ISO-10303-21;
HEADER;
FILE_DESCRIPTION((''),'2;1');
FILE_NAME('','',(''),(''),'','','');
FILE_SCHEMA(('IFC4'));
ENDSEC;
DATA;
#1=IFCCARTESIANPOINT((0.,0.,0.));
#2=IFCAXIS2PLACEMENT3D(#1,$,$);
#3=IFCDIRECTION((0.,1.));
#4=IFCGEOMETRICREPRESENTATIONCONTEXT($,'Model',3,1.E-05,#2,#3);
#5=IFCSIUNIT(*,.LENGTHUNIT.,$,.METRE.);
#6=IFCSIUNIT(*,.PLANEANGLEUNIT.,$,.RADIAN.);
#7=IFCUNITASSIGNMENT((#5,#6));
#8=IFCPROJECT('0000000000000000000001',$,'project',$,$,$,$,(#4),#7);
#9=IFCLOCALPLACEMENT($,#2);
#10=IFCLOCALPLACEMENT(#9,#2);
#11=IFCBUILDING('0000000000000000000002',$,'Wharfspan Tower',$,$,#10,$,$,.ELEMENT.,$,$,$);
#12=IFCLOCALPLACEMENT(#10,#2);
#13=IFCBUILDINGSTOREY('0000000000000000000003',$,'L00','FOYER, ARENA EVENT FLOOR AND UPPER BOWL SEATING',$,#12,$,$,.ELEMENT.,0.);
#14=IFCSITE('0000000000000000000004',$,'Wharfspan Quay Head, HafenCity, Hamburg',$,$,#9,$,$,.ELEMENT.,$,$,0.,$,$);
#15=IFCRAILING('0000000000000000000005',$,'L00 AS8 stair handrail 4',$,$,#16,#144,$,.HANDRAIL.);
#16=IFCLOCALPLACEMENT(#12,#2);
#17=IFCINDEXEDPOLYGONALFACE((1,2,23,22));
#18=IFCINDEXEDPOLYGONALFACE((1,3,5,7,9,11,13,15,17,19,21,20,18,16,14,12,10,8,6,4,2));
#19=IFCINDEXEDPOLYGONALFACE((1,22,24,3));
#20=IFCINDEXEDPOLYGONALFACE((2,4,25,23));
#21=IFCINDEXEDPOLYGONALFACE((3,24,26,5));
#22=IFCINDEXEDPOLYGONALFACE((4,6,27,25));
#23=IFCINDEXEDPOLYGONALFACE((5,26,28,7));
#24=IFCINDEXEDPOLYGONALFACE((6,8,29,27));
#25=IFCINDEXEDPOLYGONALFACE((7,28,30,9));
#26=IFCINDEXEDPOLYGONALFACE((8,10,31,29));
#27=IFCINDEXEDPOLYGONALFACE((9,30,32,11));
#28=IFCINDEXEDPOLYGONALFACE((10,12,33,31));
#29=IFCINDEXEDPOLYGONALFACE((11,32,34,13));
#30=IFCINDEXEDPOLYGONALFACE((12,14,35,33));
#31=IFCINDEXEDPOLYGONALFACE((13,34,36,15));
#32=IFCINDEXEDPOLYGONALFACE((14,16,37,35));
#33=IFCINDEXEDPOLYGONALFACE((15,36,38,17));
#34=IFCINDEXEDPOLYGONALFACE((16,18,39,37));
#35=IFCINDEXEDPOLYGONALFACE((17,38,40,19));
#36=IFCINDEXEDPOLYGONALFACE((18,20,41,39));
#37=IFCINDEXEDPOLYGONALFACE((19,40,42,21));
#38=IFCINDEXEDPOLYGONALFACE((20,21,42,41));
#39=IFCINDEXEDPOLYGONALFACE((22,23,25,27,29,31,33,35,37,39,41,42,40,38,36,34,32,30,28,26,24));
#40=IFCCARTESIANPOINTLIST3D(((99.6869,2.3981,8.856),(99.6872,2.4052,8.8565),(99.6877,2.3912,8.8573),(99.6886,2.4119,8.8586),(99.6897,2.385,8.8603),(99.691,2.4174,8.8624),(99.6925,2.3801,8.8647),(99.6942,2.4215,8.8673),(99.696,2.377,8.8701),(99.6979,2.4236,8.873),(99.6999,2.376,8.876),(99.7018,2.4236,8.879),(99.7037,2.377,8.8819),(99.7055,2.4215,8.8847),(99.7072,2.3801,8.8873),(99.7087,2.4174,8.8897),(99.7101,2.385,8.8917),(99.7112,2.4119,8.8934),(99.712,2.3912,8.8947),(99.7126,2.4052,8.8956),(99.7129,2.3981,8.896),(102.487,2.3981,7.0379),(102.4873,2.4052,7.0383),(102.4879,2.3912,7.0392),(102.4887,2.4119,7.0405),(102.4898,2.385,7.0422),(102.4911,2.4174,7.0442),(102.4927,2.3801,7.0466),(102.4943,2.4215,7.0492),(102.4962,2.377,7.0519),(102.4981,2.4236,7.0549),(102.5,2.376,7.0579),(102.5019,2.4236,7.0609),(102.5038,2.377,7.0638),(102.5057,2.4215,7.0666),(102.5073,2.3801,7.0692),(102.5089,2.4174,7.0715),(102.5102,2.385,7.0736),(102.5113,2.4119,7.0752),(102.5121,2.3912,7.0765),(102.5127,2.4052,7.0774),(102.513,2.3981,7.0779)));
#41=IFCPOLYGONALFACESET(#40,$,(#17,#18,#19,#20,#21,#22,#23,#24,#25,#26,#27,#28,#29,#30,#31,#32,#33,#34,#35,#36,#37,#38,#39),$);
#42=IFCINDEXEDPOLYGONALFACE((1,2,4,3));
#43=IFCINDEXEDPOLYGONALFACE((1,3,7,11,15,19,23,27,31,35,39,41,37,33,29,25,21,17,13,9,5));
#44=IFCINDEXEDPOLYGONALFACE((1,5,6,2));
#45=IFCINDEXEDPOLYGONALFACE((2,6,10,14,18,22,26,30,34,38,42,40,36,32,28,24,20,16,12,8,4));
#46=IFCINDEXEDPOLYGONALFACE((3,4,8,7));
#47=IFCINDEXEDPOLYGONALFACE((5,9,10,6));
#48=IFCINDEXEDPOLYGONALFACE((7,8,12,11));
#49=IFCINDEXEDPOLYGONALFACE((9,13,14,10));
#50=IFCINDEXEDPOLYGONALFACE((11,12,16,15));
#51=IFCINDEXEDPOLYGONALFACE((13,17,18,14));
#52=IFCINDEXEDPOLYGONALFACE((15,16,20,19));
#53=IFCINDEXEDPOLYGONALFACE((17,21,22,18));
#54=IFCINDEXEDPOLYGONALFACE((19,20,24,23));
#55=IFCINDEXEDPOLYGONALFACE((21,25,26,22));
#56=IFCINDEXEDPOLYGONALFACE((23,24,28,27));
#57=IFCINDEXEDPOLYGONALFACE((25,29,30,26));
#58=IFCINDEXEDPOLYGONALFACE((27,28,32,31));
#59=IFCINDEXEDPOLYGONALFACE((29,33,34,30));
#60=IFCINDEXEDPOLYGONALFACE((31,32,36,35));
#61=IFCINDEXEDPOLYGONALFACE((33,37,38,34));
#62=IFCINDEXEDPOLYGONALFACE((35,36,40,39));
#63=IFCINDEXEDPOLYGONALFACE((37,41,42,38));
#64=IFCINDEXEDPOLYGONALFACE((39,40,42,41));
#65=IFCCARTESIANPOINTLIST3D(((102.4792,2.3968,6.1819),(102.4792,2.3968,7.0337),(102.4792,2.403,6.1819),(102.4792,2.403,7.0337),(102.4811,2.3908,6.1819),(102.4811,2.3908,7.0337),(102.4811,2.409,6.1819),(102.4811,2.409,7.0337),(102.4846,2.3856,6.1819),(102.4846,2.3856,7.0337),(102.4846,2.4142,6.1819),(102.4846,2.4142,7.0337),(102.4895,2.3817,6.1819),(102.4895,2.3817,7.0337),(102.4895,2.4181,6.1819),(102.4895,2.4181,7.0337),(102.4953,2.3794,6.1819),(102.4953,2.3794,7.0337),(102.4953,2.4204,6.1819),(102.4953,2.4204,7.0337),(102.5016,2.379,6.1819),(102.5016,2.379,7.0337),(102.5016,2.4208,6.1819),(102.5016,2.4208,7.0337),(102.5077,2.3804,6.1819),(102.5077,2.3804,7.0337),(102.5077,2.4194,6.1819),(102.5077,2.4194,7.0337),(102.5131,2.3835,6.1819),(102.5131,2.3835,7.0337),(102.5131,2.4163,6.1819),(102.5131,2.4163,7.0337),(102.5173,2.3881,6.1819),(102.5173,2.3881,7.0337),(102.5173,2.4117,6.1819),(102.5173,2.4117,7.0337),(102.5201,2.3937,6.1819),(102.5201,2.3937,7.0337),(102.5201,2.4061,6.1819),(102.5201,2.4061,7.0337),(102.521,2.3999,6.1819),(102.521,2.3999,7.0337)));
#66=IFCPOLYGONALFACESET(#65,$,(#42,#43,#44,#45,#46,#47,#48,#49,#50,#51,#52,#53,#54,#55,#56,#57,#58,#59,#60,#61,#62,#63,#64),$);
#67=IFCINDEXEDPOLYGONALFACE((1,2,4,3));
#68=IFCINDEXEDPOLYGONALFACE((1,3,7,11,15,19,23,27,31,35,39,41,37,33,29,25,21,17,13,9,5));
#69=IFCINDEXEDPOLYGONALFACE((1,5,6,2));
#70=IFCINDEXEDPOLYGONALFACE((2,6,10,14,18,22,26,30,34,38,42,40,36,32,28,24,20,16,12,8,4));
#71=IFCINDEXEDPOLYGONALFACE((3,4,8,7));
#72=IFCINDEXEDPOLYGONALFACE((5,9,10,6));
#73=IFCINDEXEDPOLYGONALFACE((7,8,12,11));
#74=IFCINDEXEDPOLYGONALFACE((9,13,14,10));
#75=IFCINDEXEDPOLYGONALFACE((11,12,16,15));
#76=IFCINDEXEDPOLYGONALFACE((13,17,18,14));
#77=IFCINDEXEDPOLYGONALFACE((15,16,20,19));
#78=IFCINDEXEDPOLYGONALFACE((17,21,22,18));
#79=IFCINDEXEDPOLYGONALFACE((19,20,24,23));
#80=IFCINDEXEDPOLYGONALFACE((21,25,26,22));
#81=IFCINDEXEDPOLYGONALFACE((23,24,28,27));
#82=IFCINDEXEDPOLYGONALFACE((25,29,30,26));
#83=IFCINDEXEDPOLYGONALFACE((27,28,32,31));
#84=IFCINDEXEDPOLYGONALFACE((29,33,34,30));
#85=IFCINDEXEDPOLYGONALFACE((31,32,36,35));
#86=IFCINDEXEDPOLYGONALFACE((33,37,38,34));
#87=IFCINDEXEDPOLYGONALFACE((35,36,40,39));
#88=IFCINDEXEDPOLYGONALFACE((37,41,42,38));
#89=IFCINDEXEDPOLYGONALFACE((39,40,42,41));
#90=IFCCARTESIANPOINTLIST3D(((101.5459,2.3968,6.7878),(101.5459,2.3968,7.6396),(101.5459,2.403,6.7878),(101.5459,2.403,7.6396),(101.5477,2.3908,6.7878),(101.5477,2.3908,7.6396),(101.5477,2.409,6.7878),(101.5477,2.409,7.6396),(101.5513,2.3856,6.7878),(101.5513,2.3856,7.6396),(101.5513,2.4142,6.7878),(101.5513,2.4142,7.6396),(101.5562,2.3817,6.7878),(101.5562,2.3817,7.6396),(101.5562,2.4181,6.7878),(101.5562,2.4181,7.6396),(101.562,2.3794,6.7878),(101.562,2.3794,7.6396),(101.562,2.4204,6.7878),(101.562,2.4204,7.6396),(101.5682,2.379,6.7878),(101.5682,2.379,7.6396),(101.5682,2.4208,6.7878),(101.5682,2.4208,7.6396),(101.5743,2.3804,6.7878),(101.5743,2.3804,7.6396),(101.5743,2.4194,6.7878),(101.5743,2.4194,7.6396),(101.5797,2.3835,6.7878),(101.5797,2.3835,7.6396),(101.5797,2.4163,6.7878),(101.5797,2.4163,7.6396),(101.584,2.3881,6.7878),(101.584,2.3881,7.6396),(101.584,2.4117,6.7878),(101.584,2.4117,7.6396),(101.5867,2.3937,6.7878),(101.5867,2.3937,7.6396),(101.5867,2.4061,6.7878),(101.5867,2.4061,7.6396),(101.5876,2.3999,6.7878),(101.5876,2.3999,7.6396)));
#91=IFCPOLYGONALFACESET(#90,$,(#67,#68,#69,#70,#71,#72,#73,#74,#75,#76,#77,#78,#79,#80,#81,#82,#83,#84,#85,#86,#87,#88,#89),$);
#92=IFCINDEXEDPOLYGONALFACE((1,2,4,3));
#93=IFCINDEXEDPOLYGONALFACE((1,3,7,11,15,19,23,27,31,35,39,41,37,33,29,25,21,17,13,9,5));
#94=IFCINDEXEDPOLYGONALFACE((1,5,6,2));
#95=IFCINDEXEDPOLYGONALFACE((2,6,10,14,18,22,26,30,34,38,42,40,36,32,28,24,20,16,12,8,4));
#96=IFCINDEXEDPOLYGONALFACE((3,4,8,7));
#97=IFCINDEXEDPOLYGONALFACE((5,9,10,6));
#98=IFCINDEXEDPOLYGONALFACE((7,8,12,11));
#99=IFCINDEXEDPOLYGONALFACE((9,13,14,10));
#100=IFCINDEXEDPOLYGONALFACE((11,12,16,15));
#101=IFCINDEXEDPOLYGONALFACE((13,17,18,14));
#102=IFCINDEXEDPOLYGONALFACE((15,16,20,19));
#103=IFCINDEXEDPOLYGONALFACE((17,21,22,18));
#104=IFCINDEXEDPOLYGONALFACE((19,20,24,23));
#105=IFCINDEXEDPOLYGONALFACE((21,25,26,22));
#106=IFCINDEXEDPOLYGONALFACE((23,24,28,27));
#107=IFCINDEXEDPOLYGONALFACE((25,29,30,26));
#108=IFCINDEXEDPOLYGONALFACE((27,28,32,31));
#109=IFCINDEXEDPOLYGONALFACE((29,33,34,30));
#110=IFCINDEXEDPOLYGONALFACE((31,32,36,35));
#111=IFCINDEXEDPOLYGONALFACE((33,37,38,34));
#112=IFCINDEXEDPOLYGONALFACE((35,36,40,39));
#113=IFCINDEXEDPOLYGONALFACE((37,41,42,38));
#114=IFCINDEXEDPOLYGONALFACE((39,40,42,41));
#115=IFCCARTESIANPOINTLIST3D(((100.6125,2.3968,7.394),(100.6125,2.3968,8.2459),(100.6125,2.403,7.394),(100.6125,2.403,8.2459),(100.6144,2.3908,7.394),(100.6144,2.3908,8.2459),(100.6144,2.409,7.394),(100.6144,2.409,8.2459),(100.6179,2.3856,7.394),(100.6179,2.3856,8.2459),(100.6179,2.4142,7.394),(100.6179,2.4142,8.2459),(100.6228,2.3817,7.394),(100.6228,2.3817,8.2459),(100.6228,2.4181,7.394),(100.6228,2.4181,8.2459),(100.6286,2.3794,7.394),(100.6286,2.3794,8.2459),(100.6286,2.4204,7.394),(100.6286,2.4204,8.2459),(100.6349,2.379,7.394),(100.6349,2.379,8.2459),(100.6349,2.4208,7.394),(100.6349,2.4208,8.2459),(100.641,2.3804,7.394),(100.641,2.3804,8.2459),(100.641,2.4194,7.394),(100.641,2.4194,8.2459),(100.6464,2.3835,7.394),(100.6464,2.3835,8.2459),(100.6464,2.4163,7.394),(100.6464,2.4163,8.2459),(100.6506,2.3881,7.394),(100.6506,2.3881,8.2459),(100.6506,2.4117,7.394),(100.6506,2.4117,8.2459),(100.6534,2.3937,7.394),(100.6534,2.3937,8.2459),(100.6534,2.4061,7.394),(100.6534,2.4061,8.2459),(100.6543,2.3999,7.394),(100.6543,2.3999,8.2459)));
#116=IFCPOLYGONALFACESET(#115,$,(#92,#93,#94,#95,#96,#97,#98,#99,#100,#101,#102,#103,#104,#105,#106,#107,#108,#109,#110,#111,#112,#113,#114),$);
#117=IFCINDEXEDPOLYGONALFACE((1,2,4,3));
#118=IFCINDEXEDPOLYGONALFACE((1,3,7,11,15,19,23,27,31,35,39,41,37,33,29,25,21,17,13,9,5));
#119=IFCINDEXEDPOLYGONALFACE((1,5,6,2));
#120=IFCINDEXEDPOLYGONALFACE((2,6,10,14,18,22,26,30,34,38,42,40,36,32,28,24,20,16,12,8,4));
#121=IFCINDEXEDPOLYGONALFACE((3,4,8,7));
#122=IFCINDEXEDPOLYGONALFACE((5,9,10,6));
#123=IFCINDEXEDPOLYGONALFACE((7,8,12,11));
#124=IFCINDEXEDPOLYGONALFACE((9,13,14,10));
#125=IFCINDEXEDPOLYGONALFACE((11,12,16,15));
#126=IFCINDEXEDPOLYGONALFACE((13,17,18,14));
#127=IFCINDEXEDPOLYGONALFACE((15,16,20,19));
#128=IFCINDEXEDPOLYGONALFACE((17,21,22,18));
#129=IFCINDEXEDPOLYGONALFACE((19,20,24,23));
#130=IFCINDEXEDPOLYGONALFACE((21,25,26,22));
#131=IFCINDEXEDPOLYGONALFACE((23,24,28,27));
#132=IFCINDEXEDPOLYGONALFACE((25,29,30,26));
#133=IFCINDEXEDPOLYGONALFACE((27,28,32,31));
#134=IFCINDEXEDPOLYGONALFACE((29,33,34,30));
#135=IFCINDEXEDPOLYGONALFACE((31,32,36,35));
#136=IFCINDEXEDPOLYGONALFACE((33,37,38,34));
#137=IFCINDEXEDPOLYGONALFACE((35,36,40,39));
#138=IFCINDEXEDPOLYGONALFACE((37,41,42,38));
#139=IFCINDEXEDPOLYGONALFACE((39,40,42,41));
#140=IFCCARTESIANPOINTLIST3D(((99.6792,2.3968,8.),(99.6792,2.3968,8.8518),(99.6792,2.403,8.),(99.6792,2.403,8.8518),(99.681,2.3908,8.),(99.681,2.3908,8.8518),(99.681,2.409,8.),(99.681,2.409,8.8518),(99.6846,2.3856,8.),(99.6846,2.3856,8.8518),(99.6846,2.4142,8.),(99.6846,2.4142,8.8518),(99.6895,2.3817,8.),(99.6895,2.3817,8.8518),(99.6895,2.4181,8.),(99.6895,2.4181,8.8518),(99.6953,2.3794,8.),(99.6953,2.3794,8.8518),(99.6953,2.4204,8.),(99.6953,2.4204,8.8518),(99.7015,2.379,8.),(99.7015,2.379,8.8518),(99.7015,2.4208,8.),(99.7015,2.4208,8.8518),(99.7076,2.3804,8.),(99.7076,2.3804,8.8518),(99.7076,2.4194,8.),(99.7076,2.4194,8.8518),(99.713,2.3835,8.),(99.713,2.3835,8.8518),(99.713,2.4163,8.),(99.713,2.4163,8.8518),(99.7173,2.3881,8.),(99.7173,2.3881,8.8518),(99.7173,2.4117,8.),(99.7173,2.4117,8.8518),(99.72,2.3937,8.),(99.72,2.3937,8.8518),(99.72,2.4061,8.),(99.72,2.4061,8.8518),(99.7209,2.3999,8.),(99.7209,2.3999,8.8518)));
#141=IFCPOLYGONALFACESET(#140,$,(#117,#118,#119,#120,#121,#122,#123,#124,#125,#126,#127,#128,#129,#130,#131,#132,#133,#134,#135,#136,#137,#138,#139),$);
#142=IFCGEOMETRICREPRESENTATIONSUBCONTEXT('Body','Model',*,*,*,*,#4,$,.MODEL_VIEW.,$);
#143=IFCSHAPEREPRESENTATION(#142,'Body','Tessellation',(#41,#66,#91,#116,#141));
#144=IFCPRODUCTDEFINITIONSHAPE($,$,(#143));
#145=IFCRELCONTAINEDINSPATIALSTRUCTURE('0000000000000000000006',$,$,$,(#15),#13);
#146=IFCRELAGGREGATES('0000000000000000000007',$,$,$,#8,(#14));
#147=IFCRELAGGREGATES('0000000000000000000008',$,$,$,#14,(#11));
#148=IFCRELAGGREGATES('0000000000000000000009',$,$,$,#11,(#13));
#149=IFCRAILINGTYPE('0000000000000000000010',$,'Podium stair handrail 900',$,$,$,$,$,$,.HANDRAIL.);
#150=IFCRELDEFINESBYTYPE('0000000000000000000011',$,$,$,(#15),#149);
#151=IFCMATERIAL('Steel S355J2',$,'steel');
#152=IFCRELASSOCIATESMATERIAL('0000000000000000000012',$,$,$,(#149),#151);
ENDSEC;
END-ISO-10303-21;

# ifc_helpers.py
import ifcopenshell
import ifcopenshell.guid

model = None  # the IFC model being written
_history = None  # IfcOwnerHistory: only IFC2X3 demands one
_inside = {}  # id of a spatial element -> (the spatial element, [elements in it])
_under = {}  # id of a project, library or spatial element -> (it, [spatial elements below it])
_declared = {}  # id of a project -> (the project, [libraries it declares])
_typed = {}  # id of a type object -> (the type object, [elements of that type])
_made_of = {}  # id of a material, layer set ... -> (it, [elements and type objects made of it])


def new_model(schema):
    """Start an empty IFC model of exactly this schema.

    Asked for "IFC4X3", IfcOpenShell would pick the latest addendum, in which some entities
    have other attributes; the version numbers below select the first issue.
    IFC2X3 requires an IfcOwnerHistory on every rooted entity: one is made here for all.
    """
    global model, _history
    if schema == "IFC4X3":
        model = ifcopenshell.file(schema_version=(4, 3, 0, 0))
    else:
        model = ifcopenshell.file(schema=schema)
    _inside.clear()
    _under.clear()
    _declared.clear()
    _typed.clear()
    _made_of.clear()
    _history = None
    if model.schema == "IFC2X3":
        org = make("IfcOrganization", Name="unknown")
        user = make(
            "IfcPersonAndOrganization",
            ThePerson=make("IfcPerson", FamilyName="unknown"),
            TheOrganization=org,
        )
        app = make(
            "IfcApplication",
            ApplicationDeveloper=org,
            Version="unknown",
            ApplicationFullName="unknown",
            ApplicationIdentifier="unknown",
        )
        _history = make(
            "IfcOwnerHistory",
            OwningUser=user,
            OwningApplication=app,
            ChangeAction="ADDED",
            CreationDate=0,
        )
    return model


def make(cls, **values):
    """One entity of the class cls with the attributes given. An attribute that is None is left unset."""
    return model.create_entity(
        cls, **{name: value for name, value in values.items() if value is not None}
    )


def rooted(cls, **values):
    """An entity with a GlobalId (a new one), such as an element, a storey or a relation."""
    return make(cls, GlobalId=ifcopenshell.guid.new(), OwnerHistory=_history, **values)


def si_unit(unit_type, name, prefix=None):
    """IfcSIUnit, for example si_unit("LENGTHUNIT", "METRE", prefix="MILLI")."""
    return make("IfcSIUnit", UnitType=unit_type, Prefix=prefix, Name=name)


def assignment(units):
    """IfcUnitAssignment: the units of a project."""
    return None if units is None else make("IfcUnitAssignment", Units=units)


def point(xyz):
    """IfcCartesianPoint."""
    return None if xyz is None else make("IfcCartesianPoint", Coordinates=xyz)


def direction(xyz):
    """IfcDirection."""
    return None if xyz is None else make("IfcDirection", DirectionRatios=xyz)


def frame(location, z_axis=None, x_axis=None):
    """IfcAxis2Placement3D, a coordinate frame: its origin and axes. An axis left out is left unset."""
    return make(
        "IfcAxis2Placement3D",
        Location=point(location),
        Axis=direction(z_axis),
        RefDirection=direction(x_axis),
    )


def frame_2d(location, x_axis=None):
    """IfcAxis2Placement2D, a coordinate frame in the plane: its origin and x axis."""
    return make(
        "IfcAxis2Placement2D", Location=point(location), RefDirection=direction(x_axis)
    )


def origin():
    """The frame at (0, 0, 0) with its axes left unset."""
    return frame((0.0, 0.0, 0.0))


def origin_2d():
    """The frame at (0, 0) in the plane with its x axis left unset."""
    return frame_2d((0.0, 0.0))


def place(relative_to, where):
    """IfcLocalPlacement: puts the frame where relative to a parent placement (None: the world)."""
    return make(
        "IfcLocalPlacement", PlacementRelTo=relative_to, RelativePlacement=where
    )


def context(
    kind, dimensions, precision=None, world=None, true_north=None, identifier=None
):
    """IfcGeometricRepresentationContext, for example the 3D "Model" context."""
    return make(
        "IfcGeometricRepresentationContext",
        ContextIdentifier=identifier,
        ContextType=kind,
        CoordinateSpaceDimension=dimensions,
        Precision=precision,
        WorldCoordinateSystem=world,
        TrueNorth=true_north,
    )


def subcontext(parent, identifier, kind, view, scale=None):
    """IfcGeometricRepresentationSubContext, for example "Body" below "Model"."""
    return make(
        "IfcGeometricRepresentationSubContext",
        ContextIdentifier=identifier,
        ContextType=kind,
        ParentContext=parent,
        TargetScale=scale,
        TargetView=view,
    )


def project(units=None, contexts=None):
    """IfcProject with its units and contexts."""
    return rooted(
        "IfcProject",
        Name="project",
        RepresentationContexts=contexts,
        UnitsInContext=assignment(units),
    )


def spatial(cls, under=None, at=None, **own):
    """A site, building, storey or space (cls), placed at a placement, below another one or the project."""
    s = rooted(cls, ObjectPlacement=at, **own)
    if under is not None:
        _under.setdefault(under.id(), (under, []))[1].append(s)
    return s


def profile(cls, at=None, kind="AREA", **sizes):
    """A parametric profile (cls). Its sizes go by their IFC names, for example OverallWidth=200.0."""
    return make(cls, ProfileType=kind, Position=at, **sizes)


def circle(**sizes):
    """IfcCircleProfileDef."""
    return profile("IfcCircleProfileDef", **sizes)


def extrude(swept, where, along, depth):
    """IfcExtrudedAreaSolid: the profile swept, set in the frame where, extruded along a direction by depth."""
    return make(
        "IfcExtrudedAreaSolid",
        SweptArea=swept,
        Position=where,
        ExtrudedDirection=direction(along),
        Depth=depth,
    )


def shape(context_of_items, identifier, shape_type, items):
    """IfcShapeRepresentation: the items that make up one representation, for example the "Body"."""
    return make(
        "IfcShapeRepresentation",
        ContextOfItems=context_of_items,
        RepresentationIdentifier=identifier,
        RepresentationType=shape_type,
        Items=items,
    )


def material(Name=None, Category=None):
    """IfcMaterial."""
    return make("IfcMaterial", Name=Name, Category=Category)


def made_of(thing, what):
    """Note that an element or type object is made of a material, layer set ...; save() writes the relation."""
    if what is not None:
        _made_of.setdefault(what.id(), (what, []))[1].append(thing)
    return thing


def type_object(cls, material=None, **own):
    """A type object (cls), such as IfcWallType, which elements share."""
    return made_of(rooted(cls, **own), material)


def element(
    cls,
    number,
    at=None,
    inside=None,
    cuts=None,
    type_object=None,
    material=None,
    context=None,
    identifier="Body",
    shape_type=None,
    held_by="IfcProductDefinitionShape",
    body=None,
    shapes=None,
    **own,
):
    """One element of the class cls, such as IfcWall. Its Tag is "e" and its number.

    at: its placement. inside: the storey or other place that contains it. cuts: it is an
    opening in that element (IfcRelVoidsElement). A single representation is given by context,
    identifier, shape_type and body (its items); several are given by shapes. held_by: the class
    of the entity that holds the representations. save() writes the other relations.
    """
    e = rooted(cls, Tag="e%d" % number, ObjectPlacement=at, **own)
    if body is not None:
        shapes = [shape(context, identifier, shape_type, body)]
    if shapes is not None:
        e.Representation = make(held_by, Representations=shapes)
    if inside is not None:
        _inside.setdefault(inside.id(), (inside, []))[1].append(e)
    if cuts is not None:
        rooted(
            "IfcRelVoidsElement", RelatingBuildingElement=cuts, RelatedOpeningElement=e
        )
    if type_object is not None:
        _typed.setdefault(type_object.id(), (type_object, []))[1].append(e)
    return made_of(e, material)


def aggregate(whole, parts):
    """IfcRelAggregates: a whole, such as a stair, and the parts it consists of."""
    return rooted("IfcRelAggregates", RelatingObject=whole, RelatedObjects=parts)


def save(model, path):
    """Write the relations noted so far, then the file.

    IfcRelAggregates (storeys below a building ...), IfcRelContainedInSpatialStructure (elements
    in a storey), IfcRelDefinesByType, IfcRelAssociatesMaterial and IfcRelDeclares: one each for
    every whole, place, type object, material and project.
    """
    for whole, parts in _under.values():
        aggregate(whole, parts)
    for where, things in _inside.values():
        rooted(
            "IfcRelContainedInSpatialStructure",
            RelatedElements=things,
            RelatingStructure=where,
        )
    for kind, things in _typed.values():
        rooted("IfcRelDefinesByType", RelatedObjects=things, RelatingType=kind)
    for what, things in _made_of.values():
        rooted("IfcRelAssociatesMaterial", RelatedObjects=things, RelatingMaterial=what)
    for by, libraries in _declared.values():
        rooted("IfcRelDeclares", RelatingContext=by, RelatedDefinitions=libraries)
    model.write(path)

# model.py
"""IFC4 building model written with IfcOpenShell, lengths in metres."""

from ifc_helpers import new_model, si_unit, direction, frame, origin, origin_2d, place, context, subcontext, project, spatial, circle, extrude, material, type_object, element, save


model = new_model("IFC4")

# Units and contexts
model_context = context("Model", 3, precision=1e-05, world=origin(), true_north=direction((0.0, 1.0)))
body_context = subcontext(model_context, "Body", "Model", "MODEL_VIEW")
ifc_project = project(units=[si_unit("LENGTHUNIT", "METRE"), si_unit("PLANEANGLEUNIT", "RADIAN")], contexts=[model_context])

# Site, building, storey
site_placement = place(None, origin())
site = spatial("IfcSite", under=ifc_project, at=site_placement, Name="Wharfspan Quay Head, HafenCity, Hamburg", CompositionType="ELEMENT", RefElevation=0.0)
building_placement = place(site_placement, origin())
building = spatial("IfcBuilding", under=site, at=building_placement, Name="Wharfspan Tower", CompositionType="ELEMENT")
storey_placement = place(building_placement, origin())
storey = spatial("IfcBuildingStorey", under=building, at=storey_placement, Name="L00", Description="FOYER, ARENA EVENT FLOOR AND UPPER BOWL SEATING", CompositionType="ELEMENT", Elevation=0.0)

# Shared definitions
ifc_material_1 = material(Name="Steel S355J2", Category="steel")

# Railing
railing_type_1 = type_object("IfcRailingType", Name="Podium stair handrail 900", PredefinedType="HANDRAIL", material=ifc_material_1)
railing_1_placement = place(storey_placement, frame((102.5, 2.3999, 6.1819)))
element("IfcRailing", 1, at=railing_1_placement, inside=storey, type_object=railing_type_1, Name="L00 AS8 stair handrail 4", PredefinedType="HANDRAIL", context=body_context, shape_type="SweptSolid", body=[
    extrude(circle(Radius=0.0239, at=origin_2d()), frame((0.0, 0.0, 0.876), z_axis=(-0.838706, 0.0, 0.544585), x_axis=(0.0, -1.0, 0.0)), (0.0, 0.0, 1.0), 3.3386),
    extrude(circle(Radius=0.021, at=origin_2d()), origin(), (0.0, 0.0, 1.0), 0.8518),
    extrude(circle(Radius=0.021, at=origin_2d()), frame((-0.9334, 0.0, 0.606)), (0.0, 0.0, 1.0), 0.8518),
    extrude(circle(Radius=0.021, at=origin_2d()), frame((-1.8667, 0.0, 1.2122)), (0.0, 0.0, 1.0), 0.8518),
    extrude(circle(Radius=0.021, at=origin_2d()), frame((-2.8, 0.0, 1.8181)), (0.0, 0.0, 1.0), 0.8518),
])

save(model, "model.ifc")
